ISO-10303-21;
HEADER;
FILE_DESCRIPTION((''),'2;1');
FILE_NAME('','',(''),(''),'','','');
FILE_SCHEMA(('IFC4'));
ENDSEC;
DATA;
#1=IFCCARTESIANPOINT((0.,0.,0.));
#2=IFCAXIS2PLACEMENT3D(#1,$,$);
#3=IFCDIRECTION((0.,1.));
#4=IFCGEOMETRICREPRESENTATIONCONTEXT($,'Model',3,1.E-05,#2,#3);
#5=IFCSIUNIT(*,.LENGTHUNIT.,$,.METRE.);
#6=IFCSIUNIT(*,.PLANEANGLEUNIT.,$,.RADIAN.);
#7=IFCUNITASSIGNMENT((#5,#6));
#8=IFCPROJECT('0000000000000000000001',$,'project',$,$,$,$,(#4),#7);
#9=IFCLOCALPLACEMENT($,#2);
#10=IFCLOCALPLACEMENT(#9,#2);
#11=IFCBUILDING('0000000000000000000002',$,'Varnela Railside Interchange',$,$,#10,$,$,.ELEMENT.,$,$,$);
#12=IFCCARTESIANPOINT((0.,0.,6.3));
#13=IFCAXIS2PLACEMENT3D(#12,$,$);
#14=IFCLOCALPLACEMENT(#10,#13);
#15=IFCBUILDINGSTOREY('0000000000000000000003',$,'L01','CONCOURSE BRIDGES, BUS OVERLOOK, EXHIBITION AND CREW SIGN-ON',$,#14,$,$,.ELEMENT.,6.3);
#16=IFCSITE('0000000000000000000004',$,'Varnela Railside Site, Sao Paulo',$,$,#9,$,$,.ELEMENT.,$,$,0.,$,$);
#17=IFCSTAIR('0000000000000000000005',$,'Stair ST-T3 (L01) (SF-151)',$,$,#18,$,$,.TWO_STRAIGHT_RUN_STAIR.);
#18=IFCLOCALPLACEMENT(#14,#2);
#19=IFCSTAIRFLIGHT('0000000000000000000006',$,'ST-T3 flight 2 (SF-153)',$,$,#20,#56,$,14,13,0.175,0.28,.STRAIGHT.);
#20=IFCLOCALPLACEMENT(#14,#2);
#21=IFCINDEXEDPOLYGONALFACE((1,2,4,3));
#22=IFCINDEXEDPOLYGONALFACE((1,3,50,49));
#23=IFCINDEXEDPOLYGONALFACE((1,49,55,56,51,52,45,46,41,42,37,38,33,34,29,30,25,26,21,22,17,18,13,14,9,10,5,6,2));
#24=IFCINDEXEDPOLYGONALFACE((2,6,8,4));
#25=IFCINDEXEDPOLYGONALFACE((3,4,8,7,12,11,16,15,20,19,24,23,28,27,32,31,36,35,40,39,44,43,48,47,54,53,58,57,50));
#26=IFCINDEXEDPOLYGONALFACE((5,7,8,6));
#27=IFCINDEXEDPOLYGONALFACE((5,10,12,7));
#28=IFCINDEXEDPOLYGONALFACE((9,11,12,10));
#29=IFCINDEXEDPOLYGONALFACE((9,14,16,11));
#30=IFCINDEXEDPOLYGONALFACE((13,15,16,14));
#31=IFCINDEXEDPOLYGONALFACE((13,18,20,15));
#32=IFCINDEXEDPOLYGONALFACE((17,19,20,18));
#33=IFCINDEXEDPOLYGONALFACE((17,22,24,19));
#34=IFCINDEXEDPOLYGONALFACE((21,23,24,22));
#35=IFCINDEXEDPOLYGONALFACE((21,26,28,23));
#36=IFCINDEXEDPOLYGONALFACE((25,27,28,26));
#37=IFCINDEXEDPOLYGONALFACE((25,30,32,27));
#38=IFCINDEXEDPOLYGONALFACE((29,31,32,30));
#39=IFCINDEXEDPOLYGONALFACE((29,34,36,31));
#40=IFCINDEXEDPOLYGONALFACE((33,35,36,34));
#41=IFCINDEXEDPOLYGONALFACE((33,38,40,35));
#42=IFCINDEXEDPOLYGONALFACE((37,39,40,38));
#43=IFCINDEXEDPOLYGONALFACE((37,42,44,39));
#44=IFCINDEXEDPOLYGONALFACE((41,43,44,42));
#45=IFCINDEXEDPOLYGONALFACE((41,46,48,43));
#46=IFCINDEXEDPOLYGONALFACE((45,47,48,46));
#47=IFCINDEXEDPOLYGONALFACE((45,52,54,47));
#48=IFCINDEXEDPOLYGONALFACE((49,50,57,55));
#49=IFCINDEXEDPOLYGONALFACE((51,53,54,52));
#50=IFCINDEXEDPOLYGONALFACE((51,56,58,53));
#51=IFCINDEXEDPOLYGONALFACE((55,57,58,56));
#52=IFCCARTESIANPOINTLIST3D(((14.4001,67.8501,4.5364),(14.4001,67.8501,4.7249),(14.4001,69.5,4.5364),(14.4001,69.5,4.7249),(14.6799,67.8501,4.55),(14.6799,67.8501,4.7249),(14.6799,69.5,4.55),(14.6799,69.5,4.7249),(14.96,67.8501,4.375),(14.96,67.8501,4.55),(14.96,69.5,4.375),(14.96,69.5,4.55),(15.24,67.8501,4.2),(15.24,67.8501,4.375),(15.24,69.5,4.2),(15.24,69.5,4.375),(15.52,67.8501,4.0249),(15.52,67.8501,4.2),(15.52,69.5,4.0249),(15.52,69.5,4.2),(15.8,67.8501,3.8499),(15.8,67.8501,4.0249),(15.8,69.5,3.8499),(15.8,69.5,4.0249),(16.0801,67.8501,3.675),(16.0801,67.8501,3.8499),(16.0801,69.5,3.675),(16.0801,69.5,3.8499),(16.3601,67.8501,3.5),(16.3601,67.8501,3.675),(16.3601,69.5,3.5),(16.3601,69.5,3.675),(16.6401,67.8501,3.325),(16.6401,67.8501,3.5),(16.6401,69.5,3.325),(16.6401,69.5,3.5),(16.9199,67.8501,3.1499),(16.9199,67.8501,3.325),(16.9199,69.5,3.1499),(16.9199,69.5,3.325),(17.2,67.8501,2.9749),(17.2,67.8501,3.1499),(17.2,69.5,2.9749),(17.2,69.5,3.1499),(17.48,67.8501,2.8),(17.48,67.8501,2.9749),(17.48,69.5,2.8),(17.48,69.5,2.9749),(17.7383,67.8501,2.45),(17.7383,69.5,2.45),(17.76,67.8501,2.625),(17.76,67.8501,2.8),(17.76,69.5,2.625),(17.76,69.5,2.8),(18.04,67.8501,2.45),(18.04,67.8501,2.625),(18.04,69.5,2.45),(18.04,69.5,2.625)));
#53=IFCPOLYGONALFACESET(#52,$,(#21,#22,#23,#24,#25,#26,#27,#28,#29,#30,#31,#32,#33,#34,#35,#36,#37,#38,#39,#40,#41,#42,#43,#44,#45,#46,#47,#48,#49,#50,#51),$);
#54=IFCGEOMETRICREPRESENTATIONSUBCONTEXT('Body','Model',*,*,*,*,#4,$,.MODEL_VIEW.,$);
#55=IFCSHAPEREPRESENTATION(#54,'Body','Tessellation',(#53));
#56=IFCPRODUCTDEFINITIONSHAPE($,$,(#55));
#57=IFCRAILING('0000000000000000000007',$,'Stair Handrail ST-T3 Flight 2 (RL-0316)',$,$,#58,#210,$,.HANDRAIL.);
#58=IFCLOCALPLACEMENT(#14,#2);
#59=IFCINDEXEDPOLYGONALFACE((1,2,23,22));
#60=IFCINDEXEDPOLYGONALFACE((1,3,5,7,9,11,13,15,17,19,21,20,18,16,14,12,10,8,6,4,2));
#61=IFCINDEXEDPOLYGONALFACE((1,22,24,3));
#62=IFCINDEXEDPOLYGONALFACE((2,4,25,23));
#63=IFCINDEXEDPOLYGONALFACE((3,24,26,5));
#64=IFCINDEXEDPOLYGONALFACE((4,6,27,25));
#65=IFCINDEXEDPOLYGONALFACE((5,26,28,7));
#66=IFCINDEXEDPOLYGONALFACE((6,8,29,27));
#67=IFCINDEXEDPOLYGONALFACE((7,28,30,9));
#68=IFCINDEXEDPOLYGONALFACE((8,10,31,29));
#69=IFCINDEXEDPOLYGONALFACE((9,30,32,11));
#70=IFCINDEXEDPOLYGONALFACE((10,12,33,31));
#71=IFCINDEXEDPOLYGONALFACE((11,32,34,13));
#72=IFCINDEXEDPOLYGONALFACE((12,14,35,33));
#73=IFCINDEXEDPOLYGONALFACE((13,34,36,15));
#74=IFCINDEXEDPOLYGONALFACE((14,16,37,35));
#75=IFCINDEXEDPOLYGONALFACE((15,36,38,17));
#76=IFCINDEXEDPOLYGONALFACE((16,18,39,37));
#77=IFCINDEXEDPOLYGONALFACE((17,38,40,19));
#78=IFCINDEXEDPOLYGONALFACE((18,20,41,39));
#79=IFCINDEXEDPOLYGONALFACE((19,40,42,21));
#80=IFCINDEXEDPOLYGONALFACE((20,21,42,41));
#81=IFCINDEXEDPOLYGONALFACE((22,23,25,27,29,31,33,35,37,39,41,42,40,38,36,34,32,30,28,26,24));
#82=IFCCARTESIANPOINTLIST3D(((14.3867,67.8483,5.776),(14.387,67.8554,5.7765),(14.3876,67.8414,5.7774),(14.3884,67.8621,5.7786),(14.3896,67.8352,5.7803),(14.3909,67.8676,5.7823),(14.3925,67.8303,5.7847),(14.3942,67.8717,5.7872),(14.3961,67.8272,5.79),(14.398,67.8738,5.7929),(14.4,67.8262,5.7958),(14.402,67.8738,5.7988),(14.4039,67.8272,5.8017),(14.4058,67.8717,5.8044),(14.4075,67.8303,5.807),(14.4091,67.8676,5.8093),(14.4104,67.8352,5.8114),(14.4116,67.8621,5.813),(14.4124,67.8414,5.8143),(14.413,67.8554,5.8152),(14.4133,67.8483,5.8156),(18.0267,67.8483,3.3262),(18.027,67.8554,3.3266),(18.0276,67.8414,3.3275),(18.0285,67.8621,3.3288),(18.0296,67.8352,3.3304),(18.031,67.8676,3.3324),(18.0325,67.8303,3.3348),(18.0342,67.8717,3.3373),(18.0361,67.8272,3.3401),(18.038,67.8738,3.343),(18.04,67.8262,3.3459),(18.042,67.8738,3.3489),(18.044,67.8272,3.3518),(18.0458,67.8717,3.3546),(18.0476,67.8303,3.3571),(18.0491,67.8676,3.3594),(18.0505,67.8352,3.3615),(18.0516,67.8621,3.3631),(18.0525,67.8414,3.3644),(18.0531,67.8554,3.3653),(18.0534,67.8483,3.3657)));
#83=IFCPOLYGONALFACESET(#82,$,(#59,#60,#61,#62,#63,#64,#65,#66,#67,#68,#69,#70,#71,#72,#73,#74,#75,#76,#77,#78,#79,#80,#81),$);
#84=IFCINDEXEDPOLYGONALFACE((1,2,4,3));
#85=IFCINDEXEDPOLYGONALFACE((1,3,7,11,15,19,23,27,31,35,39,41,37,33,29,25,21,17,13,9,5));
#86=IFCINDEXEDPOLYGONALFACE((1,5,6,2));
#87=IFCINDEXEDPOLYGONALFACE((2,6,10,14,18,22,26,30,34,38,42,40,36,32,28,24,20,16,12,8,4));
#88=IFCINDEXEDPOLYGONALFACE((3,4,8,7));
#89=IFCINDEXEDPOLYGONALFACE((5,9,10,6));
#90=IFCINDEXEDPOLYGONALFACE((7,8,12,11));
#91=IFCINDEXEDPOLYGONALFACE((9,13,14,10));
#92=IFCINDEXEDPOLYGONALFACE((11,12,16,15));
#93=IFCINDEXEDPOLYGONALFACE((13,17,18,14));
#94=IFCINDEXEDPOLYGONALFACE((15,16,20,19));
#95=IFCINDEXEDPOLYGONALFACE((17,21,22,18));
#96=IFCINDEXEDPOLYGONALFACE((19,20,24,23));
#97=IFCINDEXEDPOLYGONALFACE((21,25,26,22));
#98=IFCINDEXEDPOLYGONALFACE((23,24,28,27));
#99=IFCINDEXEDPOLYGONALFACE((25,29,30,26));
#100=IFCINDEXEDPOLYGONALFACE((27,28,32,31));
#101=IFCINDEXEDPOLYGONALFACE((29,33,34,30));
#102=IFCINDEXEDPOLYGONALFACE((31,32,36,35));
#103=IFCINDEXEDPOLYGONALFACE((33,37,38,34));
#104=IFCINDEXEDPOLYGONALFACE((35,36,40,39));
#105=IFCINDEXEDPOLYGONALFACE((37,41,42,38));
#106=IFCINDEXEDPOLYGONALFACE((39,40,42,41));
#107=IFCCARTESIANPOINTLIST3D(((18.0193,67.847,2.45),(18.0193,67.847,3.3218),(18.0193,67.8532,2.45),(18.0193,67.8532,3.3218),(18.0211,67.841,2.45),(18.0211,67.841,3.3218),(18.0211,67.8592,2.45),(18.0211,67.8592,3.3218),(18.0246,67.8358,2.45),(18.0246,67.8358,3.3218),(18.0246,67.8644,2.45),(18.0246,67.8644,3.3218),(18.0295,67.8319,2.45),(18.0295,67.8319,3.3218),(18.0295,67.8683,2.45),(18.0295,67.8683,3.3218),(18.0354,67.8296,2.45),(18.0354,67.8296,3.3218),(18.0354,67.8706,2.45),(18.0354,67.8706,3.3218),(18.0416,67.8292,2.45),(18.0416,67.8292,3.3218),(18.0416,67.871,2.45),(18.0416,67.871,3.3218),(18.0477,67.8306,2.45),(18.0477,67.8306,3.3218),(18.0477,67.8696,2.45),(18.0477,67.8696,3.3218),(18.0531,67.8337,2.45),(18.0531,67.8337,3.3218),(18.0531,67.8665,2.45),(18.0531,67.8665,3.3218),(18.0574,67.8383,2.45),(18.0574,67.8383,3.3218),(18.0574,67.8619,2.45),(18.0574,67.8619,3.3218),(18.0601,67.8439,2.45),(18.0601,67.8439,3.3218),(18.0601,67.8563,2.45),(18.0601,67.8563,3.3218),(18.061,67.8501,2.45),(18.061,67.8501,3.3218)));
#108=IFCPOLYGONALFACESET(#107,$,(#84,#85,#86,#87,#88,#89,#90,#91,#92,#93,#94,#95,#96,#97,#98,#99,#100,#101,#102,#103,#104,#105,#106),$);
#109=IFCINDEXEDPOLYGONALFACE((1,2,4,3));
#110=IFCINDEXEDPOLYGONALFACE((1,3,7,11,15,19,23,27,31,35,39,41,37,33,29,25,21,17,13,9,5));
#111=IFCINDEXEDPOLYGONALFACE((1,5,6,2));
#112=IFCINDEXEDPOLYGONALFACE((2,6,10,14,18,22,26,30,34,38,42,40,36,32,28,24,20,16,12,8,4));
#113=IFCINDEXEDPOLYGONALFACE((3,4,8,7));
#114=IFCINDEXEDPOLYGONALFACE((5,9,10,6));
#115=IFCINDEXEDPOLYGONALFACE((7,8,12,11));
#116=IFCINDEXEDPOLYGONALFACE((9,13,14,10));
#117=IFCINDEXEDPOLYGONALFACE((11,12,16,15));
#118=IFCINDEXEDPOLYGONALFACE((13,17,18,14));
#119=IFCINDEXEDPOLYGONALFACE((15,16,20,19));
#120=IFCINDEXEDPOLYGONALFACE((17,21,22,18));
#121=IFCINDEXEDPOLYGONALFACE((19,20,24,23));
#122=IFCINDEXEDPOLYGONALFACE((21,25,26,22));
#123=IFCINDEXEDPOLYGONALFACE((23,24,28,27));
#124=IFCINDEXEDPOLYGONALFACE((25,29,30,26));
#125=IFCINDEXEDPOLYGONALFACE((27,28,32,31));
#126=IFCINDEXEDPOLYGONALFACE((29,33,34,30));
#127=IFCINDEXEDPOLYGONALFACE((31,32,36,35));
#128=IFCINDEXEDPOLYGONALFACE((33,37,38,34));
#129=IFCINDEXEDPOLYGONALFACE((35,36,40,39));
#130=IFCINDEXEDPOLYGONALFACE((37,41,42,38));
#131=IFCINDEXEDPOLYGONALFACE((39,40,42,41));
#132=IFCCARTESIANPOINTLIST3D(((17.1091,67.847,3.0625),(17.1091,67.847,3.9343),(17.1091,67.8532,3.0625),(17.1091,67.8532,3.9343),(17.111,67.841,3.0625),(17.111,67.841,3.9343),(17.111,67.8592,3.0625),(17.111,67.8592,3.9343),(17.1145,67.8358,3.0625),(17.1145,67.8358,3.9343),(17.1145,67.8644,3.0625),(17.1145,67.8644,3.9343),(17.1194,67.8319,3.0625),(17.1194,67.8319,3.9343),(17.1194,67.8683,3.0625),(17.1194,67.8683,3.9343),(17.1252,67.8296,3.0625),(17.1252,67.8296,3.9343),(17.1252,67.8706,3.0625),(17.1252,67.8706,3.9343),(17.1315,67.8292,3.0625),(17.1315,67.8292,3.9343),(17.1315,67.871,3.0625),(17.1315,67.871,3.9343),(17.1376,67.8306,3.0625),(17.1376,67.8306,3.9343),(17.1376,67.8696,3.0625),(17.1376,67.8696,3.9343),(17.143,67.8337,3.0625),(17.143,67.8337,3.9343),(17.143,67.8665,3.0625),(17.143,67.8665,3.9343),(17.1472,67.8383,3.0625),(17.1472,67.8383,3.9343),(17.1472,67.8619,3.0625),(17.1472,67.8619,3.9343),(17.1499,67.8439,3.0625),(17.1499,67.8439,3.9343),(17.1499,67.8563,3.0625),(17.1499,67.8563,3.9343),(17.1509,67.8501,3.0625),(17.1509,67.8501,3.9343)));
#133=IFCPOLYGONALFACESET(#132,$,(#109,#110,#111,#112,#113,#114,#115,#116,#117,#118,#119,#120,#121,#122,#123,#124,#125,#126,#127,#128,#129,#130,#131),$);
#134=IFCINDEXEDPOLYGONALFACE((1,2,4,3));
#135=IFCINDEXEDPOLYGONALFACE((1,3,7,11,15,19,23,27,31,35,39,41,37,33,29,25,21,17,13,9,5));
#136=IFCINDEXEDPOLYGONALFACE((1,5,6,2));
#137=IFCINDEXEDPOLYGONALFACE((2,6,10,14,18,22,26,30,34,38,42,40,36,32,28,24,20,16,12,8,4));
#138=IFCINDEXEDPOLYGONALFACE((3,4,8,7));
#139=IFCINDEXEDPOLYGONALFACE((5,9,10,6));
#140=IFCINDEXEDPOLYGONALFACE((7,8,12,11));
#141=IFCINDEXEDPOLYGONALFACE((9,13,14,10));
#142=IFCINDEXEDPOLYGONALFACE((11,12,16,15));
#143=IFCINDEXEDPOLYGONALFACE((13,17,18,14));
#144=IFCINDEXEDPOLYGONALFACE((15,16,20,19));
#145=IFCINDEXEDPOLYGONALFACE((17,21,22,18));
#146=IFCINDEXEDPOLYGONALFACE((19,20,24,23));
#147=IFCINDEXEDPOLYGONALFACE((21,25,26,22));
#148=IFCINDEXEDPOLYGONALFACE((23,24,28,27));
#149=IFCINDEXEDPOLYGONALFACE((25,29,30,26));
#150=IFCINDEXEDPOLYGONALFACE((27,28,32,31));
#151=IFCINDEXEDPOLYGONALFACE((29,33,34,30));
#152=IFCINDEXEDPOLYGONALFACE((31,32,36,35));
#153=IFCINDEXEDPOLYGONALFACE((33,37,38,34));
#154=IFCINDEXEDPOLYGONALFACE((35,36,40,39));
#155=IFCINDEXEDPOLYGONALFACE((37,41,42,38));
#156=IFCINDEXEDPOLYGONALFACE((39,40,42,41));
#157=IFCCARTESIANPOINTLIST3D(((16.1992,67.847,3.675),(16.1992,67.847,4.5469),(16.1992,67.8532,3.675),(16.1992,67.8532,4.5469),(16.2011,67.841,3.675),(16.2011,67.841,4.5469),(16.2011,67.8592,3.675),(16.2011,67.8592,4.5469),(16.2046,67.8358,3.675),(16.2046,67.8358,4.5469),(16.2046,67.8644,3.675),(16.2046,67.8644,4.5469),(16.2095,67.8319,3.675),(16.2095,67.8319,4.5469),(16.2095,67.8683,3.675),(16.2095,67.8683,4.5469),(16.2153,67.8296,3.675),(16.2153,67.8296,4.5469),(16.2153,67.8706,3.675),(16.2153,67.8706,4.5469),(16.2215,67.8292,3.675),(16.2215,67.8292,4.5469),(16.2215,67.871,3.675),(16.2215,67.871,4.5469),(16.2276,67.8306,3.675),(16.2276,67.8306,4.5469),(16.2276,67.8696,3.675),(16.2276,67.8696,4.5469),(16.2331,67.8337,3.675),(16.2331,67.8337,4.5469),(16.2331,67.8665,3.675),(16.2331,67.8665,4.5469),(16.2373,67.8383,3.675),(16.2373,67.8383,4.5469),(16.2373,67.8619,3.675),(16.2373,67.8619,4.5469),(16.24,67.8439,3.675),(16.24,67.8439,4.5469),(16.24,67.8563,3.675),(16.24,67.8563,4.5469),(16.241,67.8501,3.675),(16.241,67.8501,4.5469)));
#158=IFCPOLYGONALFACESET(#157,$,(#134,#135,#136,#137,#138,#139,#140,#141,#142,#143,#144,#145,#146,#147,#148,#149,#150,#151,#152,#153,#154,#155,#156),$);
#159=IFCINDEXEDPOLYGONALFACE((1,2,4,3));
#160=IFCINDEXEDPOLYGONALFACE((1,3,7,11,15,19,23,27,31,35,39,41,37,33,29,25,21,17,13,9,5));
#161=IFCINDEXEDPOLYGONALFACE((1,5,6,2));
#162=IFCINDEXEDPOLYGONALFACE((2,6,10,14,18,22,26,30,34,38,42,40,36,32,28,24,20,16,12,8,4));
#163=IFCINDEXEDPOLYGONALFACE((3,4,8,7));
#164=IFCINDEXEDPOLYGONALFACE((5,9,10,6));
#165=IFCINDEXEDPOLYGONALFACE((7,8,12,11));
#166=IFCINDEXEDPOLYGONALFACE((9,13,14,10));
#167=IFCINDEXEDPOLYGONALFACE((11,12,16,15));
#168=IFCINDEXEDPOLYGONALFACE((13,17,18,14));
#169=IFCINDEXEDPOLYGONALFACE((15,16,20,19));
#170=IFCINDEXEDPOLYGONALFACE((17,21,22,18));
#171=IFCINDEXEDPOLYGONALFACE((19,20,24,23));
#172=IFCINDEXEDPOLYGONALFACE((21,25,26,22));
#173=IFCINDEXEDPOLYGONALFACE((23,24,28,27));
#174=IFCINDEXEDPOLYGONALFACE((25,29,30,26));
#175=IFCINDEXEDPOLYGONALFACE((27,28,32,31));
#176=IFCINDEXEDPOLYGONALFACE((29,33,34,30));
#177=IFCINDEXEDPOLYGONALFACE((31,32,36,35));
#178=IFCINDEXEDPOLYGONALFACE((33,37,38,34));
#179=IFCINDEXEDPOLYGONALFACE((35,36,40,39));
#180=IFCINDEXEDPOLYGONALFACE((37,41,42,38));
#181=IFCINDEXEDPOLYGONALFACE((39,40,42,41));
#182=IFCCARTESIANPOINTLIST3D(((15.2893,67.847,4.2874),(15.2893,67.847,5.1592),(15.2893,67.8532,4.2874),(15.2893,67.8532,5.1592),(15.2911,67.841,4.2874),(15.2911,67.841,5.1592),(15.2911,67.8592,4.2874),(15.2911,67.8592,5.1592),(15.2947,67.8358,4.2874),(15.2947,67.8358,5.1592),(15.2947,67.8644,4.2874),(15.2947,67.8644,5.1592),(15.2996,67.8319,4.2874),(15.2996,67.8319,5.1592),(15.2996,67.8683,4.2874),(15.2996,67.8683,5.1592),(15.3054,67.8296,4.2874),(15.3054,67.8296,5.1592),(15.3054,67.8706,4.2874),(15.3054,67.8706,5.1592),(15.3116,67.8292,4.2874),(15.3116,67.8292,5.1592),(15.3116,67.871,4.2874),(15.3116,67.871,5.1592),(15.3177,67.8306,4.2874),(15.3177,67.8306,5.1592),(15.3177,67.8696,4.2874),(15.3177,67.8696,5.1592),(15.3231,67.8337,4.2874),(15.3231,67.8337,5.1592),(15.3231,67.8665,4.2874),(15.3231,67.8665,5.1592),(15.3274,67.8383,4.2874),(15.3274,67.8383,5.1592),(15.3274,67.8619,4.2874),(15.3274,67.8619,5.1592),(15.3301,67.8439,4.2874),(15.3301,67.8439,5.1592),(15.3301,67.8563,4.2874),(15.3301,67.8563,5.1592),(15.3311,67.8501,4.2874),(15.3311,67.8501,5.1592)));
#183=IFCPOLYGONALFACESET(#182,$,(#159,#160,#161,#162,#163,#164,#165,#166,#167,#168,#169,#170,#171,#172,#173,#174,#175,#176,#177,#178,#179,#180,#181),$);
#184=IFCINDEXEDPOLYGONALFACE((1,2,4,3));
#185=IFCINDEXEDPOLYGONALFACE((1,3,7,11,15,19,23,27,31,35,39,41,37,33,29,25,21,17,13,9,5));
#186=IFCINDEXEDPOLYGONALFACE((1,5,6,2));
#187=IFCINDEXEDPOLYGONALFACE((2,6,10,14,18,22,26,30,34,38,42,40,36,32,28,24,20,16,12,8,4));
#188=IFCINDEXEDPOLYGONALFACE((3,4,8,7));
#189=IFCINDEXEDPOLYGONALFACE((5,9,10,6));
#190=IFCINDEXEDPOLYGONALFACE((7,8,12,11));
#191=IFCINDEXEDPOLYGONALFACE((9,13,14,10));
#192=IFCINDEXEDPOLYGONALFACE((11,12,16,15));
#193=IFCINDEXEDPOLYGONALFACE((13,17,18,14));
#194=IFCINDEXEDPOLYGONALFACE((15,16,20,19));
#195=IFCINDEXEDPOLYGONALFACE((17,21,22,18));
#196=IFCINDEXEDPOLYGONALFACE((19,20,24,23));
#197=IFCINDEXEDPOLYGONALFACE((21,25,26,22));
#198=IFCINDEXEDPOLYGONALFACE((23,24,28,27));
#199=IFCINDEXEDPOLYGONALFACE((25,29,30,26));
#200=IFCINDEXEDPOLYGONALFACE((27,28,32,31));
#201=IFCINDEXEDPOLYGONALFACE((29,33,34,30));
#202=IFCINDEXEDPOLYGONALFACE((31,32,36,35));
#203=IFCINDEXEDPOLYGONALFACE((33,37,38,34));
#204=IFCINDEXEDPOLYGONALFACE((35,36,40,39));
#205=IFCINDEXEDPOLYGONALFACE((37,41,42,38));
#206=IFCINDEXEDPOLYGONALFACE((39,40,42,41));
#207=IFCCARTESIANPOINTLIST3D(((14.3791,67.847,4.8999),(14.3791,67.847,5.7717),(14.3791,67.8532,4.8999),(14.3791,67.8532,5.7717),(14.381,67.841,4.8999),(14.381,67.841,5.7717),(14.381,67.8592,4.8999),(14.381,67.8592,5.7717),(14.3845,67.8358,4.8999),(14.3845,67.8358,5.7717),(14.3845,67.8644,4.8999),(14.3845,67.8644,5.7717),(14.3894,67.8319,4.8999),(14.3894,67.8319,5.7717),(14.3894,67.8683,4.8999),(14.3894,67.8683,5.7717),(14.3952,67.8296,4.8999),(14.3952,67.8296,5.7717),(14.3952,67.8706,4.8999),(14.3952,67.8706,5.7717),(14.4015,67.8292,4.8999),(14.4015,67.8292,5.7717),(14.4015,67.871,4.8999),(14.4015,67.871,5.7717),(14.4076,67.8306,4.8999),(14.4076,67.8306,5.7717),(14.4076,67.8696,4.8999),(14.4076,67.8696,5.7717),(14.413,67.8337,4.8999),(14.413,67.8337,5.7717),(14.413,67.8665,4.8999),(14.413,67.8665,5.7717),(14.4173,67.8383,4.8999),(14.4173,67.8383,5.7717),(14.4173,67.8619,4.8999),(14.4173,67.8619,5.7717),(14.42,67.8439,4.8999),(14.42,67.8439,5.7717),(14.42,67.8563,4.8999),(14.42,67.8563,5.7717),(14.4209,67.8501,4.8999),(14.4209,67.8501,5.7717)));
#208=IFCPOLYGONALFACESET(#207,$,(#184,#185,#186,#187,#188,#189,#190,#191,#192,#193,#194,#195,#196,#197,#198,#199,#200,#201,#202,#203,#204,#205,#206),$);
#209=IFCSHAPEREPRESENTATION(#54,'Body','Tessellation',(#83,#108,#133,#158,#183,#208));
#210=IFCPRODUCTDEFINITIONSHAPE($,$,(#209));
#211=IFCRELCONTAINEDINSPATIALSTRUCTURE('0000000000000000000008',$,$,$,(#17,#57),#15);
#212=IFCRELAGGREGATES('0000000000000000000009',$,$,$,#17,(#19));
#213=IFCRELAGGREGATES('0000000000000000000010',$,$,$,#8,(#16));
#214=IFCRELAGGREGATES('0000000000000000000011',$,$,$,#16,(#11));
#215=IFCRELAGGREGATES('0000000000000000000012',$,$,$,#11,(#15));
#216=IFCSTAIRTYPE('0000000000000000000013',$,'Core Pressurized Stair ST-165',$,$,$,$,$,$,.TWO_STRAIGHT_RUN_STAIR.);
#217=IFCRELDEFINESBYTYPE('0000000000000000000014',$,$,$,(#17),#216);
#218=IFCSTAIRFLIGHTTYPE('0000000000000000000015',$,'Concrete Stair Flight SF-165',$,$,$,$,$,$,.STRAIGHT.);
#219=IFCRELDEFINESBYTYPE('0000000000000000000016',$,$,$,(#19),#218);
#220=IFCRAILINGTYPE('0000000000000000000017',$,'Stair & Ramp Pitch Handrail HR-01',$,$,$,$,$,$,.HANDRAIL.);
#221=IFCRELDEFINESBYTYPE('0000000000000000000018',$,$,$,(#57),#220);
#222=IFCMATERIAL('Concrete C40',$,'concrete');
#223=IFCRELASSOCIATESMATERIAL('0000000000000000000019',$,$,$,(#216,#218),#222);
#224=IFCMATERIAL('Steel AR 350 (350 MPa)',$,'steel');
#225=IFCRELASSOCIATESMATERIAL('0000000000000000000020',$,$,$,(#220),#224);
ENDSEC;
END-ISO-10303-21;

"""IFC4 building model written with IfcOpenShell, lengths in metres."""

from ifc_helpers import new_model, si_unit, direction, frame, origin, origin_2d, place, context, subcontext, project, spatial, polyline, circle, outline, extrude, material, type_object, element, aggregate, save


model = new_model("IFC4")

# Units and contexts
model_context = context("Model", 3, precision=1e-05, world=origin(), true_north=direction((0.0, 1.0)))
body_context = subcontext(model_context, "Body", "Model", "MODEL_VIEW")
ifc_project = project(units=[si_unit("LENGTHUNIT", "METRE"), si_unit("PLANEANGLEUNIT", "RADIAN")], contexts=[model_context])

# Site, building, storey
site_placement = place(None, origin())
site = spatial("IfcSite", under=ifc_project, at=site_placement, Name="Varnela Railside Site, Sao Paulo", CompositionType="ELEMENT", RefElevation=0.0)
building_placement = place(site_placement, origin())
building = spatial("IfcBuilding", under=site, at=building_placement, Name="Varnela Railside Interchange", CompositionType="ELEMENT")
storey_placement = place(building_placement, frame((0.0, 0.0, 6.3)))
storey = spatial("IfcBuildingStorey", under=building, at=storey_placement, Name="L01", Description="CONCOURSE BRIDGES, BUS OVERLOOK, EXHIBITION AND CREW SIGN-ON", CompositionType="ELEMENT", Elevation=6.3)

# Shared definitions
ifc_material_1 = material(Name="Steel AR 350 (350 MPa)", Category="steel")

# Stair, stair flight
ifc_material_2 = material(Name="Concrete C40", Category="concrete")
stair_type = type_object("IfcStairType", Name="Core Pressurized Stair ST-165", PredefinedType="TWO_STRAIGHT_RUN_STAIR", material=ifc_material_2)
stair_placement = place(storey_placement, origin())
stair = element("IfcStair", 1, at=stair_placement, inside=storey, type_object=stair_type, Name="Stair ST-T3 (L01) (SF-151)", PredefinedType="TWO_STRAIGHT_RUN_STAIR")
stair_flight_type = type_object("IfcStairFlightType", Name="Concrete Stair Flight SF-165", PredefinedType="STRAIGHT", material=ifc_material_2)
stair_flight_placement = place(storey_placement, frame((18.04, 68.675, 2.45), z_axis=(0.0, 0.0, 1.0), x_axis=(-1.0, 0.0, 0.0)))
stair_flight = element("IfcStairFlight", 2, at=stair_flight_placement, type_object=stair_flight_type, Name="ST-T3 flight 2 (SF-153)", NumberOfRisers=14, NumberOfTreads=13, PredefinedType="STRAIGHT", RiserHeight=0.175, TreadLength=0.28, context=body_context, shape_type="SweptSolid", body=[
    extrude(outline(polyline([(0.0, 0.0), (0.0, 0.175), (0.28, 0.175), (0.28, 0.3501), (0.5601, 0.3501), (0.5601, 0.5249), (0.8401, 0.5249), (0.8401, 0.7), (1.1201, 0.7), (1.1201, 0.875), (1.3999, 0.875), (1.3999, 1.05), (1.6799, 1.05), (1.6799, 1.2251), (1.96, 1.2251), (1.96, 1.3999), (2.24, 1.3999), (2.24, 1.575), (2.52, 1.575), (2.52, 1.75), (2.8, 1.75), (2.8, 1.925), (3.0801, 1.925), (3.0801, 2.1001), (3.3601, 2.1001), (3.3601, 2.2749), (3.6399, 2.2749), (3.6399, 2.45), (3.6399, 2.0864), (0.3018, 0.0), (0.0, 0.0)])), frame((0.0, 0.825, 0.0), z_axis=(0.0, -1.0, 0.0), x_axis=(1.0, 0.0, 0.0)), (0.0, 0.0, 1.0), 1.6499),
])
aggregate(stair, [stair_flight])

# Railing
railing_type_1 = type_object("IfcRailingType", Name="Stair & Ramp Pitch Handrail HR-01", PredefinedType="HANDRAIL", material=ifc_material_1)
railing_1_placement = place(storey_placement, frame((18.04, 67.8501, 2.45)))
element("IfcRailing", 3, at=railing_1_placement, inside=storey, type_object=railing_type_1, Name="Stair Handrail ST-T3 Flight 2 (RL-0316)", PredefinedType="HANDRAIL", context=body_context, shape_type="SweptSolid", body=[
    extrude(circle(Radius=0.0239, at=origin_2d()), frame((0.0, 0.0, 0.896), z_axis=(-0.829603, 0.0, 0.558354), x_axis=(0.0, -1.0, 0.0)), (0.0, 0.0, 1.0), 4.3877),
    extrude(circle(Radius=0.021, at=origin_2d()), origin(), (0.0, 0.0, 1.0), 0.8718),
    extrude(circle(Radius=0.021, at=origin_2d()), frame((-0.9102, 0.0, 0.6125)), (0.0, 0.0, 1.0), 0.8718),
    extrude(circle(Radius=0.021, at=origin_2d()), frame((-1.8201, 0.0, 1.2251)), (0.0, 0.0, 1.0), 0.8718),
    extrude(circle(Radius=0.021, at=origin_2d()), frame((-2.73, 0.0, 1.8374)), (0.0, 0.0, 1.0), 0.8718),
    extrude(circle(Radius=0.021, at=origin_2d()), frame((-3.6401, 0.0, 2.45)), (0.0, 0.0, 1.0), 0.8718),
])

save(model, "model.ifc")
